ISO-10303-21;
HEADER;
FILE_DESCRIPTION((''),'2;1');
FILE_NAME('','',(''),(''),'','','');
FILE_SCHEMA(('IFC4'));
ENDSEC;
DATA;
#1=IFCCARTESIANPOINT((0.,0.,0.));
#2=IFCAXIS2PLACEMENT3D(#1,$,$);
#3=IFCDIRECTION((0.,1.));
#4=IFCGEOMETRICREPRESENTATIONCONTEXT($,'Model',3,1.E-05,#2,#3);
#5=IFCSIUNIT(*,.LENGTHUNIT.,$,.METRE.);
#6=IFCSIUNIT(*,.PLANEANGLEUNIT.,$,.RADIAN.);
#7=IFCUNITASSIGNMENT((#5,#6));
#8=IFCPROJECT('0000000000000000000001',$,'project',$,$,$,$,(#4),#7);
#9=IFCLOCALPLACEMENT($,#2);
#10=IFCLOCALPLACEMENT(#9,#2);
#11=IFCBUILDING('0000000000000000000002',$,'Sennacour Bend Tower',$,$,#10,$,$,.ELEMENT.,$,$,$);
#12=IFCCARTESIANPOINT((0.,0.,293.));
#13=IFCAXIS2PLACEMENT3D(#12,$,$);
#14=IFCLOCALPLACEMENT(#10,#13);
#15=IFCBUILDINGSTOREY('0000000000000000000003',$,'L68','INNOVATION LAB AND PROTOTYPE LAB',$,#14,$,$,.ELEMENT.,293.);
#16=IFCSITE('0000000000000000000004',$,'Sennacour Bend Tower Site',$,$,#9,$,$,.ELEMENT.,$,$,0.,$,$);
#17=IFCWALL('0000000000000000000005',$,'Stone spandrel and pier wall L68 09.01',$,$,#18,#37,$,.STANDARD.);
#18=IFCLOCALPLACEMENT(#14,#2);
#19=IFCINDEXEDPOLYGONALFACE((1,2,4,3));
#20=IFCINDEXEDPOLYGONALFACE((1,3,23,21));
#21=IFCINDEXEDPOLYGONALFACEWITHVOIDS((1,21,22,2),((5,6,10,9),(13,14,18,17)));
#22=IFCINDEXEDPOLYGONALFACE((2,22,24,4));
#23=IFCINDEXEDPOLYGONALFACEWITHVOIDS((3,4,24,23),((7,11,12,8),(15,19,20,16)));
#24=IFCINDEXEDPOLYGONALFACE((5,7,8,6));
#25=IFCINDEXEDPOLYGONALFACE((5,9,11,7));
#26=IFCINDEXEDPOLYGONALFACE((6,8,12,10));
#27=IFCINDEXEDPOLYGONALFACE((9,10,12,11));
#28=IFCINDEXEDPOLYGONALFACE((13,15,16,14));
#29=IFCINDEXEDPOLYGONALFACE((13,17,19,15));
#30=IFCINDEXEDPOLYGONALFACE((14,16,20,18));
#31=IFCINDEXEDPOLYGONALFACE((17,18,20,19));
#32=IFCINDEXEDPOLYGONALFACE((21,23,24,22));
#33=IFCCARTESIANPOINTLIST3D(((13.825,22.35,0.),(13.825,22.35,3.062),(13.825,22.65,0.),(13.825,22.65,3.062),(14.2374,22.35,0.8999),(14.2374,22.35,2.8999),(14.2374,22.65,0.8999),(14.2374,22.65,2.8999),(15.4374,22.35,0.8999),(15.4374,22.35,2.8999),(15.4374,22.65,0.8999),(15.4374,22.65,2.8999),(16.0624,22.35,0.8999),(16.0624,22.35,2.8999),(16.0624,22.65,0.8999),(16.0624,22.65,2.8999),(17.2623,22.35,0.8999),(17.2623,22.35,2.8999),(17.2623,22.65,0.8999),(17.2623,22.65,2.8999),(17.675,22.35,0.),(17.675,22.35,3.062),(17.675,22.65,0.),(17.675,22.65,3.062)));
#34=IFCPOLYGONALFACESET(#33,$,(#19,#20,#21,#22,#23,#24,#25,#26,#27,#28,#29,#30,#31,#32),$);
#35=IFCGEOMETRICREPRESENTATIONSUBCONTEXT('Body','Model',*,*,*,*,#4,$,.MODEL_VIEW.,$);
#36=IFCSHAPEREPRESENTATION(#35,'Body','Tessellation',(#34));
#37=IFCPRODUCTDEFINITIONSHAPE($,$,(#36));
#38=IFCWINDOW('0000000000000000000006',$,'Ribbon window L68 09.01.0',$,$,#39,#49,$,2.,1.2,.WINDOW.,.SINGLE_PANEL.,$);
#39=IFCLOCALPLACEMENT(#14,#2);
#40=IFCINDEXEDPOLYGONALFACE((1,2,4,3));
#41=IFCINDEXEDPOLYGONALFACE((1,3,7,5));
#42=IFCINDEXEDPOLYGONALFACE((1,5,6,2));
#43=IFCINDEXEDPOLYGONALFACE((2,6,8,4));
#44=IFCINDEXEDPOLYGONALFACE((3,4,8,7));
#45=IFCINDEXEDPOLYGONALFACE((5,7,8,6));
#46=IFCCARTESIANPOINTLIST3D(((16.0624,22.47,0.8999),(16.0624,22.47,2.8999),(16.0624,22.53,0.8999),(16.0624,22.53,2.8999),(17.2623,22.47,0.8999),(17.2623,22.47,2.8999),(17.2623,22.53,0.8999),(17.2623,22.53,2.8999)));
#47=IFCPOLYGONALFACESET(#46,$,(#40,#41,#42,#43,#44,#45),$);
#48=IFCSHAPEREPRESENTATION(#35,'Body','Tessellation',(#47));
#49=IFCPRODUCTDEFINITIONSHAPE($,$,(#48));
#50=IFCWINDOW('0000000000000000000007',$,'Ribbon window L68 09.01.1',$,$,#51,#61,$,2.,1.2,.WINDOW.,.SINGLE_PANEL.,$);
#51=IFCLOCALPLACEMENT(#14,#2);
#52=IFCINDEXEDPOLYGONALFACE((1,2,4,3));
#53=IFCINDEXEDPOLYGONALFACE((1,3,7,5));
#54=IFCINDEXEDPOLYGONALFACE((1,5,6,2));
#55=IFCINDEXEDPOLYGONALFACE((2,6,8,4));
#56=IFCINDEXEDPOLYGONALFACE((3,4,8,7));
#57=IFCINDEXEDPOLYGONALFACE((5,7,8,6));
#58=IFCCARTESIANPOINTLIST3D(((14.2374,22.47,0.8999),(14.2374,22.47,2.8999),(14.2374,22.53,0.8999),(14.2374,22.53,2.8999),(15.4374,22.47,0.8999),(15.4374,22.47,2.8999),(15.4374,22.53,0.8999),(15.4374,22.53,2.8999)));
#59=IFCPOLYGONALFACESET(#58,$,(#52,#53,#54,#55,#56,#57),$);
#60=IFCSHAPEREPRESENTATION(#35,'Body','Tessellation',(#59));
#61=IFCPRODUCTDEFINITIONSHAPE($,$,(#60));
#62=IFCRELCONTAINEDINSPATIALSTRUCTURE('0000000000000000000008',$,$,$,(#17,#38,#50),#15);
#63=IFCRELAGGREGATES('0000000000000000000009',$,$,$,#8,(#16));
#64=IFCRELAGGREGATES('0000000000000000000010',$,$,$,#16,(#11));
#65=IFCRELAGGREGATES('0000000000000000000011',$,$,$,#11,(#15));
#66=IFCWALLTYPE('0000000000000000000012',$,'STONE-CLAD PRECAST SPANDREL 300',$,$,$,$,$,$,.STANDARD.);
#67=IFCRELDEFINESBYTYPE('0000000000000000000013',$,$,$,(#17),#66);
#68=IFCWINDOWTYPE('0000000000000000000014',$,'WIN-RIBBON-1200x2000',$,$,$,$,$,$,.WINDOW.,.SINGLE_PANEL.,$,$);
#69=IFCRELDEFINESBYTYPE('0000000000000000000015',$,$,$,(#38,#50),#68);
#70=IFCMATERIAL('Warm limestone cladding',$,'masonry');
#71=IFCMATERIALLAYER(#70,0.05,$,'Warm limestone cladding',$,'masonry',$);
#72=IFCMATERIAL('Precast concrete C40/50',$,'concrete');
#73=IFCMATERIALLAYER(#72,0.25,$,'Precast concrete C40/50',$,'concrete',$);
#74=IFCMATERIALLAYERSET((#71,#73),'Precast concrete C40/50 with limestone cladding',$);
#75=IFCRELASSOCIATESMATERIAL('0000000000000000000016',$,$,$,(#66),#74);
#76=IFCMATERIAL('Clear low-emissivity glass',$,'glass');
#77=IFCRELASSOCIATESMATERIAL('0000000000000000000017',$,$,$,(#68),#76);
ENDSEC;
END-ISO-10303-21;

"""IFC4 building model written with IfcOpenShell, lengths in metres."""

from ifc_helpers import new_model, si_unit, direction, frame, frame_2d, origin, place, context, subcontext, project, spatial, rectangle, extrude, material, layer, layer_set, type_object, element, fill, save


model = new_model("IFC4")

# Units and contexts
model_context = context("Model", 3, precision=1e-05, world=origin(), true_north=direction((0.0, 1.0)))
body_context = subcontext(model_context, "Body", "Model", "MODEL_VIEW")
ifc_project = project(units=[si_unit("LENGTHUNIT", "METRE"), si_unit("PLANEANGLEUNIT", "RADIAN")], contexts=[model_context])

# Site, building, storey
site_placement = place(None, origin())
site = spatial("IfcSite", under=ifc_project, at=site_placement, Name="Sennacour Bend Tower Site", CompositionType="ELEMENT", RefElevation=0.0)
building_placement = place(site_placement, origin())
building = spatial("IfcBuilding", under=site, at=building_placement, Name="Sennacour Bend Tower", CompositionType="ELEMENT")
storey_placement = place(building_placement, frame((0.0, 0.0, 293.0)))
storey = spatial("IfcBuildingStorey", under=building, at=storey_placement, Name="L68", Description="INNOVATION LAB AND PROTOTYPE LAB", CompositionType="ELEMENT", Elevation=293.0)

# Shared definitions
ifc_material_1 = material(Name="Warm limestone cladding", Category="masonry")
ifc_layer_1 = layer(ifc_material_1, 0.05, Name="Warm limestone cladding", Category="masonry")
ifc_material_2 = material(Name="Precast concrete C40/50", Category="concrete")
ifc_layer_2 = layer(ifc_material_2, 0.25, Name="Precast concrete C40/50", Category="concrete")
ifc_layer_set_1 = layer_set([ifc_layer_1, ifc_layer_2], Name="Precast concrete C40/50 with limestone cladding")
wall_type_1 = type_object("IfcWallType", Name="STONE-CLAD PRECAST SPANDREL 300", PredefinedType="STANDARD", material=ifc_layer_set_1)

# Wall, openings, windows
ifc_material_3 = material(Name="Clear low-emissivity glass", Category="glass")
window_type = type_object("IfcWindowType", Name="WIN-RIBBON-1200x2000", PartitioningType="SINGLE_PANEL", PredefinedType="WINDOW", material=ifc_material_3)
wall_1_placement = place(storey_placement, frame((17.675, 22.5, 0.0), z_axis=(0.0, 0.0, 1.0), x_axis=(-1.0, 0.0, 0.0)))
wall_1 = element("IfcWall", 1, at=wall_1_placement, inside=storey, type_object=wall_type_1, Name="Stone spandrel and pier wall L68 09.01", PredefinedType="STANDARD", context=body_context, shape_type="SweptSolid", body=[
    extrude(rectangle(XDim=3.8501, YDim=0.3, at=frame_2d((1.925, 0.0))), origin(), (0.0, 0.0, 1.0), 3.062),
])
opening_1_placement = place(wall_1_placement, frame((0.4126, 0.0, 0.8999)))
opening_1 = element("IfcOpeningElement", 2, at=opening_1_placement, cuts=wall_1, PredefinedType="OPENING", context=body_context, shape_type="SweptSolid", body=[
    extrude(rectangle(XDim=1.2, YDim=2.0, at=frame_2d((0.6001, 1.0))), frame((0.0, 0.1602, 0.0), z_axis=(0.0, -1.0, 0.0), x_axis=(1.0, 0.0, 0.0)), (0.0, 0.0, 1.0), 0.3201),
])
opening_2_placement = place(wall_1_placement, frame((2.2375, 0.0, 0.8999)))
opening_2 = element("IfcOpeningElement", 3, at=opening_2_placement, cuts=wall_1, PredefinedType="OPENING", context=body_context, shape_type="SweptSolid", body=[
    extrude(rectangle(XDim=1.2, YDim=2.0, at=frame_2d((0.6001, 1.0))), frame((0.0, 0.1602, 0.0), z_axis=(0.0, -1.0, 0.0), x_axis=(1.0, 0.0, 0.0)), (0.0, 0.0, 1.0), 0.3201),
])
window_1_placement = place(opening_1_placement, origin())
window_1 = element("IfcWindow", 4, at=window_1_placement, inside=storey, type_object=window_type, Name="Ribbon window L68 09.01.0", OverallHeight=2.0, OverallWidth=1.2, PartitioningType="SINGLE_PANEL", PredefinedType="WINDOW", context=body_context, shape_type="SweptSolid", body=[
    extrude(rectangle(XDim=1.2, YDim=2.0, at=frame_2d((0.6001, 1.0))), frame((0.0, 0.03, 0.0), z_axis=(0.0, -1.0, 0.0), x_axis=(1.0, 0.0, 0.0)), (0.0, 0.0, 1.0), 0.0601),
])
fill(opening_1, window_1)
window_2_placement = place(opening_2_placement, origin())
window_2 = element("IfcWindow", 5, at=window_2_placement, inside=storey, type_object=window_type, Name="Ribbon window L68 09.01.1", OverallHeight=2.0, OverallWidth=1.2, PartitioningType="SINGLE_PANEL", PredefinedType="WINDOW", context=body_context, shape_type="SweptSolid", body=[
    extrude(rectangle(XDim=1.2, YDim=2.0, at=frame_2d((0.6001, 1.0))), frame((0.0, 0.03, 0.0), z_axis=(0.0, -1.0, 0.0), x_axis=(1.0, 0.0, 0.0)), (0.0, 0.0, 1.0), 0.0601),
])
fill(opening_2, window_2)

save(model, "model.ifc")
